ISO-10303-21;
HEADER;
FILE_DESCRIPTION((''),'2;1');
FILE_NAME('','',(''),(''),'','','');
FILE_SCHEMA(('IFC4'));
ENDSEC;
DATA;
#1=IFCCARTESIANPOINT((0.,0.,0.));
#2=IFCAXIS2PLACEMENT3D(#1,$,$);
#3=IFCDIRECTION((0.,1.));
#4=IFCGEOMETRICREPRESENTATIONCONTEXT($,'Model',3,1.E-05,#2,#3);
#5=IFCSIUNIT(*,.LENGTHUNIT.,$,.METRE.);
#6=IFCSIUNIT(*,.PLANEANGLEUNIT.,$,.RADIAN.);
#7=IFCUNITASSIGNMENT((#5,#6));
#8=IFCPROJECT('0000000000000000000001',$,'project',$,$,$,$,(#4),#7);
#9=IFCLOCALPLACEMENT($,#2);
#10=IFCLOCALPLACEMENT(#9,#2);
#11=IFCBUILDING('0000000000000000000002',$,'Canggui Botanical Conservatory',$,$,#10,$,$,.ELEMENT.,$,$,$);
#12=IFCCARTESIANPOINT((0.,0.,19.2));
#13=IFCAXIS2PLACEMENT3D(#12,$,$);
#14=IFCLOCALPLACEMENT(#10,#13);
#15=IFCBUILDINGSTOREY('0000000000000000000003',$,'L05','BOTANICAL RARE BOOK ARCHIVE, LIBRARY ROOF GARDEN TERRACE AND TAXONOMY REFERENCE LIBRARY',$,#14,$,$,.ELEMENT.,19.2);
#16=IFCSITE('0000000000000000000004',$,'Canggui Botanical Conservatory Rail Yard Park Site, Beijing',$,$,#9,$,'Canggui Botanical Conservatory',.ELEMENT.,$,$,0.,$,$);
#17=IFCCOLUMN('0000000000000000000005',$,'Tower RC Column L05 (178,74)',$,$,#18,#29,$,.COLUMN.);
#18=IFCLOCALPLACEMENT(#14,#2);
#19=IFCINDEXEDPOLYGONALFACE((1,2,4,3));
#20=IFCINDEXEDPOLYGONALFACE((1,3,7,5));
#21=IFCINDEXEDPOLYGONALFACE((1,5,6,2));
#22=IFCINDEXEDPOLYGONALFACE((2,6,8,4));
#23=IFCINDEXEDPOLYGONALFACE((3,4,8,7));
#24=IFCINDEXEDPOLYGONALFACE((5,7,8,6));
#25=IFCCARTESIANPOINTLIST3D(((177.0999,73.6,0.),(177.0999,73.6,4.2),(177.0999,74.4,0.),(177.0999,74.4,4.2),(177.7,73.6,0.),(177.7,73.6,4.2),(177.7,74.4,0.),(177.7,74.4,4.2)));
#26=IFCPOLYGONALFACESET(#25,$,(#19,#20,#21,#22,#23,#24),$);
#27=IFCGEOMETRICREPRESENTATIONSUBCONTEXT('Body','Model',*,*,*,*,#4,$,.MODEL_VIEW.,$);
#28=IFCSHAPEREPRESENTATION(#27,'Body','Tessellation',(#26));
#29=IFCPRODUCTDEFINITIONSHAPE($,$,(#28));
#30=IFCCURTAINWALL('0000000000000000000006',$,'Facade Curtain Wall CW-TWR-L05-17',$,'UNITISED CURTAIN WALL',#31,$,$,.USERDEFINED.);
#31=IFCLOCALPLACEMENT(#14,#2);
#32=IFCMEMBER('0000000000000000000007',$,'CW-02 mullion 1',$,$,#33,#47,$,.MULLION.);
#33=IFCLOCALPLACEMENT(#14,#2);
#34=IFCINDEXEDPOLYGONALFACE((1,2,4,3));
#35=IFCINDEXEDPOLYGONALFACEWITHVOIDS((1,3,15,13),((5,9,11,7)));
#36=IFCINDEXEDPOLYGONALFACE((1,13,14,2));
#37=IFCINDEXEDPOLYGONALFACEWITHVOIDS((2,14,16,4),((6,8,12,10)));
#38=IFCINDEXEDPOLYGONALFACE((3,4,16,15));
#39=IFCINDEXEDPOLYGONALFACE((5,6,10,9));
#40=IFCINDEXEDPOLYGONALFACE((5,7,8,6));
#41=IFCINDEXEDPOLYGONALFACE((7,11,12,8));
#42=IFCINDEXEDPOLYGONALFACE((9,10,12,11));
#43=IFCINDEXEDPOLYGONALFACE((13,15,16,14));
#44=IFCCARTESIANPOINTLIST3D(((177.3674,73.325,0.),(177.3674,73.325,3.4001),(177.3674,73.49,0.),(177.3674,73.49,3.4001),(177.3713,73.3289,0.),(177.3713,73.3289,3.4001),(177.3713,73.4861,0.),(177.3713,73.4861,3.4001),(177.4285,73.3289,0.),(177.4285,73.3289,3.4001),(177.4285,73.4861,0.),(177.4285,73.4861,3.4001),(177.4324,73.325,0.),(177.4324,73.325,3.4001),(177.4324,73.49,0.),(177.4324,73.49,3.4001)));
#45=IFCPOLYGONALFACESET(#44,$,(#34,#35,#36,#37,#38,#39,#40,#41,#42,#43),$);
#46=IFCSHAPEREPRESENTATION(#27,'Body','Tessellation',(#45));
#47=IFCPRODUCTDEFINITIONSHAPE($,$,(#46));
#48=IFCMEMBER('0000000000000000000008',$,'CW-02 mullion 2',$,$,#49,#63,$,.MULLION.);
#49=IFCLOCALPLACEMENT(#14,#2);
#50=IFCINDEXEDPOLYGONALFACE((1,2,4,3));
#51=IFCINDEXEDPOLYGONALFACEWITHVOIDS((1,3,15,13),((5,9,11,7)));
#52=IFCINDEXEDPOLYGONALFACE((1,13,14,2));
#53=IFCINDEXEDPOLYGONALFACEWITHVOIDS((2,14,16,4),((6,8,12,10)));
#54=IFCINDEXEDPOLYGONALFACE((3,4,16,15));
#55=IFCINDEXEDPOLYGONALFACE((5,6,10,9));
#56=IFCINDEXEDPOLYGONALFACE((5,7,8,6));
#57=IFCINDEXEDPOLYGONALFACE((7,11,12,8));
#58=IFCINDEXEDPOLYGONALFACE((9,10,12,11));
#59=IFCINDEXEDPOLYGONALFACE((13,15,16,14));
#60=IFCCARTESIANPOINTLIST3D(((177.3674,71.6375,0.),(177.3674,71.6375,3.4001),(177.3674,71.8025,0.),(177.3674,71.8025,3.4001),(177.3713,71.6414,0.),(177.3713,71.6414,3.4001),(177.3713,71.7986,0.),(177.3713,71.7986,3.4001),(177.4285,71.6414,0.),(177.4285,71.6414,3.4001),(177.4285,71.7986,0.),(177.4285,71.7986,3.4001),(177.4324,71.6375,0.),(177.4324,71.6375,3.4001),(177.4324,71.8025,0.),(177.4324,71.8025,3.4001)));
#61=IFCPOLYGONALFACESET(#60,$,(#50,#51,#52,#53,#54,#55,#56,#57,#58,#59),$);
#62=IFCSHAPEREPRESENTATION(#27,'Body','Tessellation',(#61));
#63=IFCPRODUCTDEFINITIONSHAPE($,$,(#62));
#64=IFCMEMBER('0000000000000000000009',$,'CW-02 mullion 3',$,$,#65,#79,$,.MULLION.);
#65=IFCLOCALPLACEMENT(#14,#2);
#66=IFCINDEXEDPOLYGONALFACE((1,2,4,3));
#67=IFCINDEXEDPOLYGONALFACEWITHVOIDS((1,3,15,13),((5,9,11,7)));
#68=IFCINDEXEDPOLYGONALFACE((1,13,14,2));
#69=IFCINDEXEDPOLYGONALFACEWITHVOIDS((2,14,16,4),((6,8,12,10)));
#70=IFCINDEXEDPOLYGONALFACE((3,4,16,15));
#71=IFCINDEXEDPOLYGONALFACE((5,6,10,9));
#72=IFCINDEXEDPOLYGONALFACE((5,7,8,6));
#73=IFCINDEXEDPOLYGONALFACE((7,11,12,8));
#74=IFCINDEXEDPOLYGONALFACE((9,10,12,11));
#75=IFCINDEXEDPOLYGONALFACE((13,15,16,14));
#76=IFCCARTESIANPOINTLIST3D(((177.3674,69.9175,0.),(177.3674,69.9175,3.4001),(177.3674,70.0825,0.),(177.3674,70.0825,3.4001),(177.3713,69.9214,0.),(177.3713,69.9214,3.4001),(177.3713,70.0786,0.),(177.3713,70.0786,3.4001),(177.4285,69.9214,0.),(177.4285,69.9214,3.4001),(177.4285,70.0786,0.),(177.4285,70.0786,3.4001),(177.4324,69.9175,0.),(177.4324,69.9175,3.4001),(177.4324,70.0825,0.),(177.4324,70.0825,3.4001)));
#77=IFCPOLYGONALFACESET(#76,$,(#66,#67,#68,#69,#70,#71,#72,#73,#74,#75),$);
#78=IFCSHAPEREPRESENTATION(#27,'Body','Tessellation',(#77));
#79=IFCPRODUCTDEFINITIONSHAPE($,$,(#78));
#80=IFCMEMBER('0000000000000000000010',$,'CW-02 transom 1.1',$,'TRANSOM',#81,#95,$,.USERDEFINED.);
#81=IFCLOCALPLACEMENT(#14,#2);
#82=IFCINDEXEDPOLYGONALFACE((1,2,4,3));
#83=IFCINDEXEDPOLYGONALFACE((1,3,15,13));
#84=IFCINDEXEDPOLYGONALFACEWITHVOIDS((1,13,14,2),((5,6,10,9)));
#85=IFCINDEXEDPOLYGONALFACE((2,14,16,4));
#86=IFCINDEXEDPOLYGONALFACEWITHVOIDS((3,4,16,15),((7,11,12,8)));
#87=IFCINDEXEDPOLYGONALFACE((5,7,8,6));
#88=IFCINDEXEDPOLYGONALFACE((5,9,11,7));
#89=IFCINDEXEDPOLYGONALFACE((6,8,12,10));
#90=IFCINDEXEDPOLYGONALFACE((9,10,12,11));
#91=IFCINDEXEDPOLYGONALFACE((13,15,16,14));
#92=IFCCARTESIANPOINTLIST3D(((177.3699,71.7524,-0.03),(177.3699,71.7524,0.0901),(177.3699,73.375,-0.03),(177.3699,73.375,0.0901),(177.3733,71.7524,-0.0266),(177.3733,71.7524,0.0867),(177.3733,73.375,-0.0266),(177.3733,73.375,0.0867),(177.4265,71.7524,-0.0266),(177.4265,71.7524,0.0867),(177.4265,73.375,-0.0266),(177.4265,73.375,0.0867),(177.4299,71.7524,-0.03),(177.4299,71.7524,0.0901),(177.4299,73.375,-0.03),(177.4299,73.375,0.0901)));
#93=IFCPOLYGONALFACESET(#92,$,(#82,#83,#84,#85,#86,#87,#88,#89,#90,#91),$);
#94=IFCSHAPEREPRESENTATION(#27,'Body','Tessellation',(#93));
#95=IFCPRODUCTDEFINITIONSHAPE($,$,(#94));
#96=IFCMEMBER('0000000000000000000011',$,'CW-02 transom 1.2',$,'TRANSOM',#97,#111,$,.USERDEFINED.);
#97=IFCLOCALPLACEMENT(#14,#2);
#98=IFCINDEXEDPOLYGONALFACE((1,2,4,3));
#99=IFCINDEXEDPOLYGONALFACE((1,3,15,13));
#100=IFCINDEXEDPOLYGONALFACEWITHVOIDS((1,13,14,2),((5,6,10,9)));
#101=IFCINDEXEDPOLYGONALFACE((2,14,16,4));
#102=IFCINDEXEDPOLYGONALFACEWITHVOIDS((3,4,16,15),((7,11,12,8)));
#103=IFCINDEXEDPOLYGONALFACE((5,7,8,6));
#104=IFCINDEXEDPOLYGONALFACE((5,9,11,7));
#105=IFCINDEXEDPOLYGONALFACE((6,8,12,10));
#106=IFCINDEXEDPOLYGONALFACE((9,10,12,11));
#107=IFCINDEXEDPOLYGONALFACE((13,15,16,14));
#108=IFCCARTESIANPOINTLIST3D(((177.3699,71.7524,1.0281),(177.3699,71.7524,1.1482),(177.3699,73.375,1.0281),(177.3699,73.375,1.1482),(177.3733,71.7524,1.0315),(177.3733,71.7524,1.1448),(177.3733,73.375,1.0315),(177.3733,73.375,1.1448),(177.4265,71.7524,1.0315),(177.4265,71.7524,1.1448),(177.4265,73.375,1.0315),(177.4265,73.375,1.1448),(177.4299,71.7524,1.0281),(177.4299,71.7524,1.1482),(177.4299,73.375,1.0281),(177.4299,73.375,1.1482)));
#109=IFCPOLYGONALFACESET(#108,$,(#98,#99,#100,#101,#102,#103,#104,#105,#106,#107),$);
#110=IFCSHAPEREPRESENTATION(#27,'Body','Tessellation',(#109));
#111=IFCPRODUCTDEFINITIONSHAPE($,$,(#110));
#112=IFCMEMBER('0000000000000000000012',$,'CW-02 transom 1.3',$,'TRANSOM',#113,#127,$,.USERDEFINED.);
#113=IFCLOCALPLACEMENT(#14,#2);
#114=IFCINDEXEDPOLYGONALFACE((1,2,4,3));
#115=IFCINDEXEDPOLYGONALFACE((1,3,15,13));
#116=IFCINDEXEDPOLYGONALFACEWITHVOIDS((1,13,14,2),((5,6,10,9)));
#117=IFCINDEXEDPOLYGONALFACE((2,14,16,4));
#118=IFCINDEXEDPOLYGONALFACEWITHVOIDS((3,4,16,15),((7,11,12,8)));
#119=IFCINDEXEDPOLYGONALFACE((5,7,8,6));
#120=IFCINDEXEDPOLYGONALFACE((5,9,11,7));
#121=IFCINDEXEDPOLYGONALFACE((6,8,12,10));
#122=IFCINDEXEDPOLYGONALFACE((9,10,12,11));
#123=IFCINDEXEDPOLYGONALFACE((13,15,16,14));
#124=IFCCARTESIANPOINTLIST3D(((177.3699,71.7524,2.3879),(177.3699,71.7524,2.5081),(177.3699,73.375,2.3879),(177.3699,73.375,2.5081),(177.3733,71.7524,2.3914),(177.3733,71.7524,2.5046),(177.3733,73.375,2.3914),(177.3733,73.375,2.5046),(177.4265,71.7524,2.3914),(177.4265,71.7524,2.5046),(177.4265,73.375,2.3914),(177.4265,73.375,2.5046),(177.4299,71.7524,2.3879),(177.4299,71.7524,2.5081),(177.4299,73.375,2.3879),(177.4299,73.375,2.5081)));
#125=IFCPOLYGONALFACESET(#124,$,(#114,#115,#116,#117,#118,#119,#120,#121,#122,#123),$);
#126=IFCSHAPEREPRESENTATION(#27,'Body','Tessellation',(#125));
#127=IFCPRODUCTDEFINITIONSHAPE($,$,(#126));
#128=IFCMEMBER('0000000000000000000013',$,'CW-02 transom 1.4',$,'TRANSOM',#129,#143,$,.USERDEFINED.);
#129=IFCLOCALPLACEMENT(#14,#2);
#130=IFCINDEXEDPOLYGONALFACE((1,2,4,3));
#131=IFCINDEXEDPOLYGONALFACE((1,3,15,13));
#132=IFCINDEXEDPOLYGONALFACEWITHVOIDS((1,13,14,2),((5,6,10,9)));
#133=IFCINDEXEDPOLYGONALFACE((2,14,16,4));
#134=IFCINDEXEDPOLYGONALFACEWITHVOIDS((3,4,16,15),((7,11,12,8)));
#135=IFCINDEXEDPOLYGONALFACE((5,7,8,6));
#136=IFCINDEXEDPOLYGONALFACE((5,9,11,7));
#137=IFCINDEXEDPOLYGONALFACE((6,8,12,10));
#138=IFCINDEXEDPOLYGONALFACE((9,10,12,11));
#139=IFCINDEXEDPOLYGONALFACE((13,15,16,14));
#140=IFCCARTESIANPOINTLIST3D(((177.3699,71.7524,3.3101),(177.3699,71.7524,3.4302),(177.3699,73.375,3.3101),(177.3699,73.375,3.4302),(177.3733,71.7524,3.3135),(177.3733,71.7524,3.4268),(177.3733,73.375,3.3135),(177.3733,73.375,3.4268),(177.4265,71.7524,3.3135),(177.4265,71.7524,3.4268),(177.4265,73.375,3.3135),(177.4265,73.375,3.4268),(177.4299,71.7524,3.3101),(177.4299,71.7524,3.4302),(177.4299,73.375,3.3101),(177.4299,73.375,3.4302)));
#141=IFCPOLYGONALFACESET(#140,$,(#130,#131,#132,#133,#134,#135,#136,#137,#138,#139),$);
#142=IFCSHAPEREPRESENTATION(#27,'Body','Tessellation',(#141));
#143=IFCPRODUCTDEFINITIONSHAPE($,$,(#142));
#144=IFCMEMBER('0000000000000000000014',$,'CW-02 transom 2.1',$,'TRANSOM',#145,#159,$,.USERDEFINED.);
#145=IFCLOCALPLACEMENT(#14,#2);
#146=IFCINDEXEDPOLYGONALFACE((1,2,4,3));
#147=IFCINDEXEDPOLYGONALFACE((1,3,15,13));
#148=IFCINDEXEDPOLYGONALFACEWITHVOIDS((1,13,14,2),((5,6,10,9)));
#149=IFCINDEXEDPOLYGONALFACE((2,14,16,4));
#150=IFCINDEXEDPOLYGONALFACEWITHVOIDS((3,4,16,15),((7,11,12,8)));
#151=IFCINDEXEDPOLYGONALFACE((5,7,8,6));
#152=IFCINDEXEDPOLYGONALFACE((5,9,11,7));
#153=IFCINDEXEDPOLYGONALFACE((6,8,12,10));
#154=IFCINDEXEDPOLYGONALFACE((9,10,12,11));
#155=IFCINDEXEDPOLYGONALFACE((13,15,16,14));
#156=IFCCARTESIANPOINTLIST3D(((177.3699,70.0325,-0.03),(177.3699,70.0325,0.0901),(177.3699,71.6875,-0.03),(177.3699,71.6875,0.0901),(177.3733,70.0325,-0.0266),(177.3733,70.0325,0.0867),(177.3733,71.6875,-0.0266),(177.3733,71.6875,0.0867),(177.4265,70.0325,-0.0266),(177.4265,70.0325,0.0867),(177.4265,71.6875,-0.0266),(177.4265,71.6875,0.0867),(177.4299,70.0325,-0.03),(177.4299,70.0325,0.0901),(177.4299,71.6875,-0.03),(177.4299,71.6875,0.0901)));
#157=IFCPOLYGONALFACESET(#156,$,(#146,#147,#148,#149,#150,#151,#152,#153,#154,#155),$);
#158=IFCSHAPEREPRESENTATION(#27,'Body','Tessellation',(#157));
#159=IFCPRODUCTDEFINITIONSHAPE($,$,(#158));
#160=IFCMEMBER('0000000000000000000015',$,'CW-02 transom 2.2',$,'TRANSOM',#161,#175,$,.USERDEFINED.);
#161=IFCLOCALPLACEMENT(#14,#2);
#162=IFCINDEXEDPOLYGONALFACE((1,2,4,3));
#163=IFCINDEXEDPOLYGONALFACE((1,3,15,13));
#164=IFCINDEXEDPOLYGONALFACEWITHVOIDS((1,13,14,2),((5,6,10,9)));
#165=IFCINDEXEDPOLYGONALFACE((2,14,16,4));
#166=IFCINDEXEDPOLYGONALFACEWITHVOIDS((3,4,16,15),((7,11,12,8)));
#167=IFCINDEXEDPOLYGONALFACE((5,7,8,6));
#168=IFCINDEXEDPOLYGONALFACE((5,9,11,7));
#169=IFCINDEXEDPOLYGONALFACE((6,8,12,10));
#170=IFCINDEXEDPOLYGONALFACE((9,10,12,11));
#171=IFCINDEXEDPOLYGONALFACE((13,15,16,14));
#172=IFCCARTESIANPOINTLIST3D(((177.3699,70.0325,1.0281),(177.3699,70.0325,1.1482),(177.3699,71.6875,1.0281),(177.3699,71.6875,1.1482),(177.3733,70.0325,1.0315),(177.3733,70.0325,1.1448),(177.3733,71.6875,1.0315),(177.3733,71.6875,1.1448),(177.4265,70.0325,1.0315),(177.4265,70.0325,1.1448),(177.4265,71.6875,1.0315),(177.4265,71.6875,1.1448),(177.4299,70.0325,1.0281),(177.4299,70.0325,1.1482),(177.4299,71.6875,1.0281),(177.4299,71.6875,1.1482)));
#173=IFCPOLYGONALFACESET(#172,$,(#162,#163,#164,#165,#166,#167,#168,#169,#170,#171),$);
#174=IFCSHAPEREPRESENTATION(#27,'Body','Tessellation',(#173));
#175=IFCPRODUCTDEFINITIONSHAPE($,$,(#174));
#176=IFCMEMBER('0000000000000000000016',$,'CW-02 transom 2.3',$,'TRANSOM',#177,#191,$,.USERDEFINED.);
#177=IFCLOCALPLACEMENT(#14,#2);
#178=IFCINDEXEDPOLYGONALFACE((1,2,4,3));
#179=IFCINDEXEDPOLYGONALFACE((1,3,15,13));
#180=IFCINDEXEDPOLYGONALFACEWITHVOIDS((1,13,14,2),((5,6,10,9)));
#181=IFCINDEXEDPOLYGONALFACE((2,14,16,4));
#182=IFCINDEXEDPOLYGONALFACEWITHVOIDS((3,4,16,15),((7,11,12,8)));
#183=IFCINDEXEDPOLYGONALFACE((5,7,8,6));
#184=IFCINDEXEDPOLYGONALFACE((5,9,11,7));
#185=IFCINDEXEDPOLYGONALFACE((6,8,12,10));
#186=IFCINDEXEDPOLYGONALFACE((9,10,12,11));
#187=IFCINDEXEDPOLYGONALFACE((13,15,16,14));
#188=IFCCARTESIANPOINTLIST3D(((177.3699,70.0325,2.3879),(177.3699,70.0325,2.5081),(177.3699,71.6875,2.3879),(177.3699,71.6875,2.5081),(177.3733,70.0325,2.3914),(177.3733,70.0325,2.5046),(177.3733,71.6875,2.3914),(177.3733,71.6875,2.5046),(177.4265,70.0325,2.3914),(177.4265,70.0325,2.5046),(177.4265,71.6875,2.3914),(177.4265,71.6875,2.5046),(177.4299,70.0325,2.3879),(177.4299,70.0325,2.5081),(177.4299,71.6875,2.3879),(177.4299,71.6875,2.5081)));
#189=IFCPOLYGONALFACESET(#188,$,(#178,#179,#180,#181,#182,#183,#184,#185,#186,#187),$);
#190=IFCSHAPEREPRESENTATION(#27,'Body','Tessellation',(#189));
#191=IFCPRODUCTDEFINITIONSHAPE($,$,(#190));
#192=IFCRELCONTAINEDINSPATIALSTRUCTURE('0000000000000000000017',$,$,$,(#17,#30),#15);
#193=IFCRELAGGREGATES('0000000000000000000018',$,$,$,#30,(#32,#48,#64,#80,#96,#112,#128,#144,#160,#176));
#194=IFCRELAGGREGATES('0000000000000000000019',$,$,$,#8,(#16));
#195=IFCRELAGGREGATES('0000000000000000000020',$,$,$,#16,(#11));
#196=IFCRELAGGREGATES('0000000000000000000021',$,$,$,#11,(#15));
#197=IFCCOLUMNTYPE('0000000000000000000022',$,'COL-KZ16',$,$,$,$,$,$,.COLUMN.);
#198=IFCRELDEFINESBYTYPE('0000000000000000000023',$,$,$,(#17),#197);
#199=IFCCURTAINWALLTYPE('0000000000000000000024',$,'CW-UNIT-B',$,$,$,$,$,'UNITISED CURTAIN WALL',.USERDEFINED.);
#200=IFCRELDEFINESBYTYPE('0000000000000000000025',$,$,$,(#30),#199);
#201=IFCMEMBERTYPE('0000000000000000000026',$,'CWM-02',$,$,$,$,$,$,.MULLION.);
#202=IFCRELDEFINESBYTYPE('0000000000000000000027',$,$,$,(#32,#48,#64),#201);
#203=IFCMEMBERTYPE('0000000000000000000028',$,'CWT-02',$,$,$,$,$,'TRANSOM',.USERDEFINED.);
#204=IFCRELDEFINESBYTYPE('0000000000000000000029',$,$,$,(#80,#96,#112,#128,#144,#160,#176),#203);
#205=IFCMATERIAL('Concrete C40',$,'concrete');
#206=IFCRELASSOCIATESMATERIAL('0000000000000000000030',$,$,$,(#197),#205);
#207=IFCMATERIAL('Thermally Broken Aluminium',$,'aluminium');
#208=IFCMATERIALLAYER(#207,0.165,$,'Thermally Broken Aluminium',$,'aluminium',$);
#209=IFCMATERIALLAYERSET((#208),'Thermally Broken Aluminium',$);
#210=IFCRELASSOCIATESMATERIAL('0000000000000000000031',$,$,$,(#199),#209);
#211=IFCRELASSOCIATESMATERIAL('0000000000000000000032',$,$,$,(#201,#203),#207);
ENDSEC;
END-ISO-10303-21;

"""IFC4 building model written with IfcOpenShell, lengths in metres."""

from ifc_helpers import new_model, si_unit, direction, frame, origin, origin_2d, place, context, subcontext, project, spatial, rectangle, hollow_rectangle, extrude, material, layer, layer_set, material_profile, profile_set, type_object, element, aggregate, save


model = new_model("IFC4")

# Units and contexts
model_context = context("Model", 3, precision=1e-05, world=origin(), true_north=direction((0.0, 1.0)))
body_context = subcontext(model_context, "Body", "Model", "MODEL_VIEW")
ifc_project = project(units=[si_unit("LENGTHUNIT", "METRE"), si_unit("PLANEANGLEUNIT", "RADIAN")], contexts=[model_context])

# Site, building, storey
site_placement = place(None, origin())
site = spatial("IfcSite", under=ifc_project, at=site_placement, Name="Canggui Botanical Conservatory Rail Yard Park Site, Beijing", LongName="Canggui Botanical Conservatory", CompositionType="ELEMENT", RefElevation=0.0)
building_placement = place(site_placement, origin())
building = spatial("IfcBuilding", under=site, at=building_placement, Name="Canggui Botanical Conservatory", CompositionType="ELEMENT")
storey_placement = place(building_placement, frame((0.0, 0.0, 19.2)))
storey = spatial("IfcBuildingStorey", under=building, at=storey_placement, Name="L05", Description="BOTANICAL RARE BOOK ARCHIVE, LIBRARY ROOF GARDEN TERRACE AND TAXONOMY REFERENCE LIBRARY", CompositionType="ELEMENT", Elevation=19.2)

# Column
ifc_material_1 = material(Name="Concrete C40", Category="concrete")
ifc_material_profile_1 = material_profile(ifc_material_1, rectangle(XDim=0.6001, YDim=0.8, at=origin_2d()), Name="RC 600x800")
ifc_profile_set_1 = profile_set([ifc_material_profile_1], Name="Concrete C40")
column_type = type_object("IfcColumnType", Name="COL-KZ16", PredefinedType="COLUMN", material=ifc_profile_set_1)
column_placement = place(storey_placement, frame((177.3999, 74.0, 0.0), z_axis=(0.0, 0.0, 1.0), x_axis=(1.0, 0.0, 0.0)))
element("IfcColumn", 1, at=column_placement, inside=storey, type_object=column_type, Name="Tower RC Column L05 (178,74)", PredefinedType="COLUMN", context=body_context, shape_type="SweptSolid", body=[
    extrude(rectangle(XDim=0.6001, YDim=0.8, at=origin_2d()), origin(), (0.0, 0.0, 1.0), 4.2),
])

# Curtain wall, members
ifc_material_2 = material(Name="Thermally Broken Aluminium", Category="aluminium")
ifc_layer_1 = layer(ifc_material_2, 0.165, Name="Thermally Broken Aluminium", Category="aluminium")
ifc_layer_set_1 = layer_set([ifc_layer_1], Name="Thermally Broken Aluminium")
curtain_wall_type = type_object("IfcCurtainWallType", Name="CW-UNIT-B", ElementType="UNITISED CURTAIN WALL", PredefinedType="USERDEFINED", material=ifc_layer_set_1)
curtain_wall_placement = place(storey_placement, origin())
curtain_wall = element("IfcCurtainWall", 2, at=curtain_wall_placement, inside=storey, type_object=curtain_wall_type, Name="Facade Curtain Wall CW-TWR-L05-17", ObjectType="UNITISED CURTAIN WALL", PredefinedType="USERDEFINED")
ifc_material_profile_2 = material_profile(ifc_material_2, hollow_rectangle(XDim=0.0649, YDim=0.165, WallThickness=0.0039, at=origin_2d()), Name="CWM 65x165x4")
ifc_profile_set_2 = profile_set([ifc_material_profile_2], Name="Thermally Broken Aluminium")
member_type_1 = type_object("IfcMemberType", Name="CWM-02", PredefinedType="MULLION", material=ifc_profile_set_2)
member_1_placement = place(storey_placement, frame((177.3999, 73.4075, 0.0), z_axis=(0.0, 0.0, 1.0), x_axis=(1.0, 0.0, 0.0)))
member_1 = element("IfcMember", 3, at=member_1_placement, type_object=member_type_1, Name="CW-02 mullion 1", PredefinedType="MULLION", context=body_context, shape_type="SweptSolid", body=[
    extrude(hollow_rectangle(XDim=0.0649, YDim=0.165, WallThickness=0.0039, at=origin_2d()), origin(), (0.0, 0.0, 1.0), 3.4001),
])
member_2_placement = place(storey_placement, frame((177.3999, 71.72, 0.0), z_axis=(0.0, 0.0, 1.0), x_axis=(1.0, 0.0, 0.0)))
member_2 = element("IfcMember", 4, at=member_2_placement, type_object=member_type_1, Name="CW-02 mullion 2", PredefinedType="MULLION", context=body_context, shape_type="SweptSolid", body=[
    extrude(hollow_rectangle(XDim=0.0649, YDim=0.165, WallThickness=0.0039, at=origin_2d()), origin(), (0.0, 0.0, 1.0), 3.4001),
])
member_3_placement = place(storey_placement, frame((177.3999, 70.0, 0.0), z_axis=(0.0, 0.0, 1.0), x_axis=(1.0, 0.0, 0.0)))
member_3 = element("IfcMember", 5, at=member_3_placement, type_object=member_type_1, Name="CW-02 mullion 3", PredefinedType="MULLION", context=body_context, shape_type="SweptSolid", body=[
    extrude(hollow_rectangle(XDim=0.0649, YDim=0.165, WallThickness=0.0039, at=origin_2d()), origin(), (0.0, 0.0, 1.0), 3.4001),
])
ifc_material_profile_3 = material_profile(ifc_material_2, hollow_rectangle(XDim=0.0601, YDim=0.1201, WallThickness=0.0034, at=origin_2d()), Name="CWT 60x120x3.5")
ifc_profile_set_3 = profile_set([ifc_material_profile_3], Name="Thermally Broken Aluminium")
member_type_2 = type_object("IfcMemberType", Name="CWT-02", ElementType="TRANSOM", PredefinedType="USERDEFINED", material=ifc_profile_set_3)
member_4_placement = place(storey_placement, frame((177.3999, 73.375, 0.03), z_axis=(0.0, -1.0, 0.0), x_axis=(1.0, 0.0, 0.0)))
member_4 = element("IfcMember", 6, at=member_4_placement, type_object=member_type_2, Name="CW-02 transom 1.1", ObjectType="TRANSOM", PredefinedType="USERDEFINED", context=body_context, shape_type="SweptSolid", body=[
    extrude(hollow_rectangle(XDim=0.0601, YDim=0.1201, WallThickness=0.0034, at=origin_2d()), origin(), (0.0, 0.0, 1.0), 1.6226),
])
member_5_placement = place(storey_placement, frame((177.3999, 73.375, 1.0881), z_axis=(0.0, -1.0, 0.0), x_axis=(1.0, 0.0, 0.0)))
member_5 = element("IfcMember", 7, at=member_5_placement, type_object=member_type_2, Name="CW-02 transom 1.2", ObjectType="TRANSOM", PredefinedType="USERDEFINED", context=body_context, shape_type="SweptSolid", body=[
    extrude(hollow_rectangle(XDim=0.0601, YDim=0.1201, WallThickness=0.0034, at=origin_2d()), origin(), (0.0, 0.0, 1.0), 1.6226),
])
member_6_placement = place(storey_placement, frame((177.3999, 73.375, 2.448), z_axis=(0.0, -1.0, 0.0), x_axis=(1.0, 0.0, 0.0)))
member_6 = element("IfcMember", 8, at=member_6_placement, type_object=member_type_2, Name="CW-02 transom 1.3", ObjectType="TRANSOM", PredefinedType="USERDEFINED", context=body_context, shape_type="SweptSolid", body=[
    extrude(hollow_rectangle(XDim=0.0601, YDim=0.1201, WallThickness=0.0034, at=origin_2d()), origin(), (0.0, 0.0, 1.0), 1.6226),
])
member_7_placement = place(storey_placement, frame((177.3999, 73.375, 3.3701), z_axis=(0.0, -1.0, 0.0), x_axis=(1.0, 0.0, 0.0)))
member_7 = element("IfcMember", 9, at=member_7_placement, type_object=member_type_2, Name="CW-02 transom 1.4", ObjectType="TRANSOM", PredefinedType="USERDEFINED", context=body_context, shape_type="SweptSolid", body=[
    extrude(hollow_rectangle(XDim=0.0601, YDim=0.1201, WallThickness=0.0034, at=origin_2d()), origin(), (0.0, 0.0, 1.0), 1.6226),
])
member_8_placement = place(storey_placement, frame((177.3999, 71.6875, 0.03), z_axis=(0.0, -1.0, 0.0), x_axis=(1.0, 0.0, 0.0)))
member_8 = element("IfcMember", 10, at=member_8_placement, type_object=member_type_2, Name="CW-02 transom 2.1", ObjectType="TRANSOM", PredefinedType="USERDEFINED", context=body_context, shape_type="SweptSolid", body=[
    extrude(hollow_rectangle(XDim=0.0601, YDim=0.1201, WallThickness=0.0034, at=origin_2d()), origin(), (0.0, 0.0, 1.0), 1.655),
])
member_9_placement = place(storey_placement, frame((177.3999, 71.6875, 1.0881), z_axis=(0.0, -1.0, 0.0), x_axis=(1.0, 0.0, 0.0)))
member_9 = element("IfcMember", 11, at=member_9_placement, type_object=member_type_2, Name="CW-02 transom 2.2", ObjectType="TRANSOM", PredefinedType="USERDEFINED", context=body_context, shape_type="SweptSolid", body=[
    extrude(hollow_rectangle(XDim=0.0601, YDim=0.1201, WallThickness=0.0034, at=origin_2d()), origin(), (0.0, 0.0, 1.0), 1.655),
])
member_10_placement = place(storey_placement, frame((177.3999, 71.6875, 2.448), z_axis=(0.0, -1.0, 0.0), x_axis=(1.0, 0.0, 0.0)))
member_10 = element("IfcMember", 12, at=member_10_placement, type_object=member_type_2, Name="CW-02 transom 2.3", ObjectType="TRANSOM", PredefinedType="USERDEFINED", context=body_context, shape_type="SweptSolid", body=[
    extrude(hollow_rectangle(XDim=0.0601, YDim=0.1201, WallThickness=0.0034, at=origin_2d()), origin(), (0.0, 0.0, 1.0), 1.655),
])
aggregate(curtain_wall, [member_1, member_2, member_3, member_4, member_5, member_6, member_7, member_8, member_9, member_10])

save(model, "model.ifc")
